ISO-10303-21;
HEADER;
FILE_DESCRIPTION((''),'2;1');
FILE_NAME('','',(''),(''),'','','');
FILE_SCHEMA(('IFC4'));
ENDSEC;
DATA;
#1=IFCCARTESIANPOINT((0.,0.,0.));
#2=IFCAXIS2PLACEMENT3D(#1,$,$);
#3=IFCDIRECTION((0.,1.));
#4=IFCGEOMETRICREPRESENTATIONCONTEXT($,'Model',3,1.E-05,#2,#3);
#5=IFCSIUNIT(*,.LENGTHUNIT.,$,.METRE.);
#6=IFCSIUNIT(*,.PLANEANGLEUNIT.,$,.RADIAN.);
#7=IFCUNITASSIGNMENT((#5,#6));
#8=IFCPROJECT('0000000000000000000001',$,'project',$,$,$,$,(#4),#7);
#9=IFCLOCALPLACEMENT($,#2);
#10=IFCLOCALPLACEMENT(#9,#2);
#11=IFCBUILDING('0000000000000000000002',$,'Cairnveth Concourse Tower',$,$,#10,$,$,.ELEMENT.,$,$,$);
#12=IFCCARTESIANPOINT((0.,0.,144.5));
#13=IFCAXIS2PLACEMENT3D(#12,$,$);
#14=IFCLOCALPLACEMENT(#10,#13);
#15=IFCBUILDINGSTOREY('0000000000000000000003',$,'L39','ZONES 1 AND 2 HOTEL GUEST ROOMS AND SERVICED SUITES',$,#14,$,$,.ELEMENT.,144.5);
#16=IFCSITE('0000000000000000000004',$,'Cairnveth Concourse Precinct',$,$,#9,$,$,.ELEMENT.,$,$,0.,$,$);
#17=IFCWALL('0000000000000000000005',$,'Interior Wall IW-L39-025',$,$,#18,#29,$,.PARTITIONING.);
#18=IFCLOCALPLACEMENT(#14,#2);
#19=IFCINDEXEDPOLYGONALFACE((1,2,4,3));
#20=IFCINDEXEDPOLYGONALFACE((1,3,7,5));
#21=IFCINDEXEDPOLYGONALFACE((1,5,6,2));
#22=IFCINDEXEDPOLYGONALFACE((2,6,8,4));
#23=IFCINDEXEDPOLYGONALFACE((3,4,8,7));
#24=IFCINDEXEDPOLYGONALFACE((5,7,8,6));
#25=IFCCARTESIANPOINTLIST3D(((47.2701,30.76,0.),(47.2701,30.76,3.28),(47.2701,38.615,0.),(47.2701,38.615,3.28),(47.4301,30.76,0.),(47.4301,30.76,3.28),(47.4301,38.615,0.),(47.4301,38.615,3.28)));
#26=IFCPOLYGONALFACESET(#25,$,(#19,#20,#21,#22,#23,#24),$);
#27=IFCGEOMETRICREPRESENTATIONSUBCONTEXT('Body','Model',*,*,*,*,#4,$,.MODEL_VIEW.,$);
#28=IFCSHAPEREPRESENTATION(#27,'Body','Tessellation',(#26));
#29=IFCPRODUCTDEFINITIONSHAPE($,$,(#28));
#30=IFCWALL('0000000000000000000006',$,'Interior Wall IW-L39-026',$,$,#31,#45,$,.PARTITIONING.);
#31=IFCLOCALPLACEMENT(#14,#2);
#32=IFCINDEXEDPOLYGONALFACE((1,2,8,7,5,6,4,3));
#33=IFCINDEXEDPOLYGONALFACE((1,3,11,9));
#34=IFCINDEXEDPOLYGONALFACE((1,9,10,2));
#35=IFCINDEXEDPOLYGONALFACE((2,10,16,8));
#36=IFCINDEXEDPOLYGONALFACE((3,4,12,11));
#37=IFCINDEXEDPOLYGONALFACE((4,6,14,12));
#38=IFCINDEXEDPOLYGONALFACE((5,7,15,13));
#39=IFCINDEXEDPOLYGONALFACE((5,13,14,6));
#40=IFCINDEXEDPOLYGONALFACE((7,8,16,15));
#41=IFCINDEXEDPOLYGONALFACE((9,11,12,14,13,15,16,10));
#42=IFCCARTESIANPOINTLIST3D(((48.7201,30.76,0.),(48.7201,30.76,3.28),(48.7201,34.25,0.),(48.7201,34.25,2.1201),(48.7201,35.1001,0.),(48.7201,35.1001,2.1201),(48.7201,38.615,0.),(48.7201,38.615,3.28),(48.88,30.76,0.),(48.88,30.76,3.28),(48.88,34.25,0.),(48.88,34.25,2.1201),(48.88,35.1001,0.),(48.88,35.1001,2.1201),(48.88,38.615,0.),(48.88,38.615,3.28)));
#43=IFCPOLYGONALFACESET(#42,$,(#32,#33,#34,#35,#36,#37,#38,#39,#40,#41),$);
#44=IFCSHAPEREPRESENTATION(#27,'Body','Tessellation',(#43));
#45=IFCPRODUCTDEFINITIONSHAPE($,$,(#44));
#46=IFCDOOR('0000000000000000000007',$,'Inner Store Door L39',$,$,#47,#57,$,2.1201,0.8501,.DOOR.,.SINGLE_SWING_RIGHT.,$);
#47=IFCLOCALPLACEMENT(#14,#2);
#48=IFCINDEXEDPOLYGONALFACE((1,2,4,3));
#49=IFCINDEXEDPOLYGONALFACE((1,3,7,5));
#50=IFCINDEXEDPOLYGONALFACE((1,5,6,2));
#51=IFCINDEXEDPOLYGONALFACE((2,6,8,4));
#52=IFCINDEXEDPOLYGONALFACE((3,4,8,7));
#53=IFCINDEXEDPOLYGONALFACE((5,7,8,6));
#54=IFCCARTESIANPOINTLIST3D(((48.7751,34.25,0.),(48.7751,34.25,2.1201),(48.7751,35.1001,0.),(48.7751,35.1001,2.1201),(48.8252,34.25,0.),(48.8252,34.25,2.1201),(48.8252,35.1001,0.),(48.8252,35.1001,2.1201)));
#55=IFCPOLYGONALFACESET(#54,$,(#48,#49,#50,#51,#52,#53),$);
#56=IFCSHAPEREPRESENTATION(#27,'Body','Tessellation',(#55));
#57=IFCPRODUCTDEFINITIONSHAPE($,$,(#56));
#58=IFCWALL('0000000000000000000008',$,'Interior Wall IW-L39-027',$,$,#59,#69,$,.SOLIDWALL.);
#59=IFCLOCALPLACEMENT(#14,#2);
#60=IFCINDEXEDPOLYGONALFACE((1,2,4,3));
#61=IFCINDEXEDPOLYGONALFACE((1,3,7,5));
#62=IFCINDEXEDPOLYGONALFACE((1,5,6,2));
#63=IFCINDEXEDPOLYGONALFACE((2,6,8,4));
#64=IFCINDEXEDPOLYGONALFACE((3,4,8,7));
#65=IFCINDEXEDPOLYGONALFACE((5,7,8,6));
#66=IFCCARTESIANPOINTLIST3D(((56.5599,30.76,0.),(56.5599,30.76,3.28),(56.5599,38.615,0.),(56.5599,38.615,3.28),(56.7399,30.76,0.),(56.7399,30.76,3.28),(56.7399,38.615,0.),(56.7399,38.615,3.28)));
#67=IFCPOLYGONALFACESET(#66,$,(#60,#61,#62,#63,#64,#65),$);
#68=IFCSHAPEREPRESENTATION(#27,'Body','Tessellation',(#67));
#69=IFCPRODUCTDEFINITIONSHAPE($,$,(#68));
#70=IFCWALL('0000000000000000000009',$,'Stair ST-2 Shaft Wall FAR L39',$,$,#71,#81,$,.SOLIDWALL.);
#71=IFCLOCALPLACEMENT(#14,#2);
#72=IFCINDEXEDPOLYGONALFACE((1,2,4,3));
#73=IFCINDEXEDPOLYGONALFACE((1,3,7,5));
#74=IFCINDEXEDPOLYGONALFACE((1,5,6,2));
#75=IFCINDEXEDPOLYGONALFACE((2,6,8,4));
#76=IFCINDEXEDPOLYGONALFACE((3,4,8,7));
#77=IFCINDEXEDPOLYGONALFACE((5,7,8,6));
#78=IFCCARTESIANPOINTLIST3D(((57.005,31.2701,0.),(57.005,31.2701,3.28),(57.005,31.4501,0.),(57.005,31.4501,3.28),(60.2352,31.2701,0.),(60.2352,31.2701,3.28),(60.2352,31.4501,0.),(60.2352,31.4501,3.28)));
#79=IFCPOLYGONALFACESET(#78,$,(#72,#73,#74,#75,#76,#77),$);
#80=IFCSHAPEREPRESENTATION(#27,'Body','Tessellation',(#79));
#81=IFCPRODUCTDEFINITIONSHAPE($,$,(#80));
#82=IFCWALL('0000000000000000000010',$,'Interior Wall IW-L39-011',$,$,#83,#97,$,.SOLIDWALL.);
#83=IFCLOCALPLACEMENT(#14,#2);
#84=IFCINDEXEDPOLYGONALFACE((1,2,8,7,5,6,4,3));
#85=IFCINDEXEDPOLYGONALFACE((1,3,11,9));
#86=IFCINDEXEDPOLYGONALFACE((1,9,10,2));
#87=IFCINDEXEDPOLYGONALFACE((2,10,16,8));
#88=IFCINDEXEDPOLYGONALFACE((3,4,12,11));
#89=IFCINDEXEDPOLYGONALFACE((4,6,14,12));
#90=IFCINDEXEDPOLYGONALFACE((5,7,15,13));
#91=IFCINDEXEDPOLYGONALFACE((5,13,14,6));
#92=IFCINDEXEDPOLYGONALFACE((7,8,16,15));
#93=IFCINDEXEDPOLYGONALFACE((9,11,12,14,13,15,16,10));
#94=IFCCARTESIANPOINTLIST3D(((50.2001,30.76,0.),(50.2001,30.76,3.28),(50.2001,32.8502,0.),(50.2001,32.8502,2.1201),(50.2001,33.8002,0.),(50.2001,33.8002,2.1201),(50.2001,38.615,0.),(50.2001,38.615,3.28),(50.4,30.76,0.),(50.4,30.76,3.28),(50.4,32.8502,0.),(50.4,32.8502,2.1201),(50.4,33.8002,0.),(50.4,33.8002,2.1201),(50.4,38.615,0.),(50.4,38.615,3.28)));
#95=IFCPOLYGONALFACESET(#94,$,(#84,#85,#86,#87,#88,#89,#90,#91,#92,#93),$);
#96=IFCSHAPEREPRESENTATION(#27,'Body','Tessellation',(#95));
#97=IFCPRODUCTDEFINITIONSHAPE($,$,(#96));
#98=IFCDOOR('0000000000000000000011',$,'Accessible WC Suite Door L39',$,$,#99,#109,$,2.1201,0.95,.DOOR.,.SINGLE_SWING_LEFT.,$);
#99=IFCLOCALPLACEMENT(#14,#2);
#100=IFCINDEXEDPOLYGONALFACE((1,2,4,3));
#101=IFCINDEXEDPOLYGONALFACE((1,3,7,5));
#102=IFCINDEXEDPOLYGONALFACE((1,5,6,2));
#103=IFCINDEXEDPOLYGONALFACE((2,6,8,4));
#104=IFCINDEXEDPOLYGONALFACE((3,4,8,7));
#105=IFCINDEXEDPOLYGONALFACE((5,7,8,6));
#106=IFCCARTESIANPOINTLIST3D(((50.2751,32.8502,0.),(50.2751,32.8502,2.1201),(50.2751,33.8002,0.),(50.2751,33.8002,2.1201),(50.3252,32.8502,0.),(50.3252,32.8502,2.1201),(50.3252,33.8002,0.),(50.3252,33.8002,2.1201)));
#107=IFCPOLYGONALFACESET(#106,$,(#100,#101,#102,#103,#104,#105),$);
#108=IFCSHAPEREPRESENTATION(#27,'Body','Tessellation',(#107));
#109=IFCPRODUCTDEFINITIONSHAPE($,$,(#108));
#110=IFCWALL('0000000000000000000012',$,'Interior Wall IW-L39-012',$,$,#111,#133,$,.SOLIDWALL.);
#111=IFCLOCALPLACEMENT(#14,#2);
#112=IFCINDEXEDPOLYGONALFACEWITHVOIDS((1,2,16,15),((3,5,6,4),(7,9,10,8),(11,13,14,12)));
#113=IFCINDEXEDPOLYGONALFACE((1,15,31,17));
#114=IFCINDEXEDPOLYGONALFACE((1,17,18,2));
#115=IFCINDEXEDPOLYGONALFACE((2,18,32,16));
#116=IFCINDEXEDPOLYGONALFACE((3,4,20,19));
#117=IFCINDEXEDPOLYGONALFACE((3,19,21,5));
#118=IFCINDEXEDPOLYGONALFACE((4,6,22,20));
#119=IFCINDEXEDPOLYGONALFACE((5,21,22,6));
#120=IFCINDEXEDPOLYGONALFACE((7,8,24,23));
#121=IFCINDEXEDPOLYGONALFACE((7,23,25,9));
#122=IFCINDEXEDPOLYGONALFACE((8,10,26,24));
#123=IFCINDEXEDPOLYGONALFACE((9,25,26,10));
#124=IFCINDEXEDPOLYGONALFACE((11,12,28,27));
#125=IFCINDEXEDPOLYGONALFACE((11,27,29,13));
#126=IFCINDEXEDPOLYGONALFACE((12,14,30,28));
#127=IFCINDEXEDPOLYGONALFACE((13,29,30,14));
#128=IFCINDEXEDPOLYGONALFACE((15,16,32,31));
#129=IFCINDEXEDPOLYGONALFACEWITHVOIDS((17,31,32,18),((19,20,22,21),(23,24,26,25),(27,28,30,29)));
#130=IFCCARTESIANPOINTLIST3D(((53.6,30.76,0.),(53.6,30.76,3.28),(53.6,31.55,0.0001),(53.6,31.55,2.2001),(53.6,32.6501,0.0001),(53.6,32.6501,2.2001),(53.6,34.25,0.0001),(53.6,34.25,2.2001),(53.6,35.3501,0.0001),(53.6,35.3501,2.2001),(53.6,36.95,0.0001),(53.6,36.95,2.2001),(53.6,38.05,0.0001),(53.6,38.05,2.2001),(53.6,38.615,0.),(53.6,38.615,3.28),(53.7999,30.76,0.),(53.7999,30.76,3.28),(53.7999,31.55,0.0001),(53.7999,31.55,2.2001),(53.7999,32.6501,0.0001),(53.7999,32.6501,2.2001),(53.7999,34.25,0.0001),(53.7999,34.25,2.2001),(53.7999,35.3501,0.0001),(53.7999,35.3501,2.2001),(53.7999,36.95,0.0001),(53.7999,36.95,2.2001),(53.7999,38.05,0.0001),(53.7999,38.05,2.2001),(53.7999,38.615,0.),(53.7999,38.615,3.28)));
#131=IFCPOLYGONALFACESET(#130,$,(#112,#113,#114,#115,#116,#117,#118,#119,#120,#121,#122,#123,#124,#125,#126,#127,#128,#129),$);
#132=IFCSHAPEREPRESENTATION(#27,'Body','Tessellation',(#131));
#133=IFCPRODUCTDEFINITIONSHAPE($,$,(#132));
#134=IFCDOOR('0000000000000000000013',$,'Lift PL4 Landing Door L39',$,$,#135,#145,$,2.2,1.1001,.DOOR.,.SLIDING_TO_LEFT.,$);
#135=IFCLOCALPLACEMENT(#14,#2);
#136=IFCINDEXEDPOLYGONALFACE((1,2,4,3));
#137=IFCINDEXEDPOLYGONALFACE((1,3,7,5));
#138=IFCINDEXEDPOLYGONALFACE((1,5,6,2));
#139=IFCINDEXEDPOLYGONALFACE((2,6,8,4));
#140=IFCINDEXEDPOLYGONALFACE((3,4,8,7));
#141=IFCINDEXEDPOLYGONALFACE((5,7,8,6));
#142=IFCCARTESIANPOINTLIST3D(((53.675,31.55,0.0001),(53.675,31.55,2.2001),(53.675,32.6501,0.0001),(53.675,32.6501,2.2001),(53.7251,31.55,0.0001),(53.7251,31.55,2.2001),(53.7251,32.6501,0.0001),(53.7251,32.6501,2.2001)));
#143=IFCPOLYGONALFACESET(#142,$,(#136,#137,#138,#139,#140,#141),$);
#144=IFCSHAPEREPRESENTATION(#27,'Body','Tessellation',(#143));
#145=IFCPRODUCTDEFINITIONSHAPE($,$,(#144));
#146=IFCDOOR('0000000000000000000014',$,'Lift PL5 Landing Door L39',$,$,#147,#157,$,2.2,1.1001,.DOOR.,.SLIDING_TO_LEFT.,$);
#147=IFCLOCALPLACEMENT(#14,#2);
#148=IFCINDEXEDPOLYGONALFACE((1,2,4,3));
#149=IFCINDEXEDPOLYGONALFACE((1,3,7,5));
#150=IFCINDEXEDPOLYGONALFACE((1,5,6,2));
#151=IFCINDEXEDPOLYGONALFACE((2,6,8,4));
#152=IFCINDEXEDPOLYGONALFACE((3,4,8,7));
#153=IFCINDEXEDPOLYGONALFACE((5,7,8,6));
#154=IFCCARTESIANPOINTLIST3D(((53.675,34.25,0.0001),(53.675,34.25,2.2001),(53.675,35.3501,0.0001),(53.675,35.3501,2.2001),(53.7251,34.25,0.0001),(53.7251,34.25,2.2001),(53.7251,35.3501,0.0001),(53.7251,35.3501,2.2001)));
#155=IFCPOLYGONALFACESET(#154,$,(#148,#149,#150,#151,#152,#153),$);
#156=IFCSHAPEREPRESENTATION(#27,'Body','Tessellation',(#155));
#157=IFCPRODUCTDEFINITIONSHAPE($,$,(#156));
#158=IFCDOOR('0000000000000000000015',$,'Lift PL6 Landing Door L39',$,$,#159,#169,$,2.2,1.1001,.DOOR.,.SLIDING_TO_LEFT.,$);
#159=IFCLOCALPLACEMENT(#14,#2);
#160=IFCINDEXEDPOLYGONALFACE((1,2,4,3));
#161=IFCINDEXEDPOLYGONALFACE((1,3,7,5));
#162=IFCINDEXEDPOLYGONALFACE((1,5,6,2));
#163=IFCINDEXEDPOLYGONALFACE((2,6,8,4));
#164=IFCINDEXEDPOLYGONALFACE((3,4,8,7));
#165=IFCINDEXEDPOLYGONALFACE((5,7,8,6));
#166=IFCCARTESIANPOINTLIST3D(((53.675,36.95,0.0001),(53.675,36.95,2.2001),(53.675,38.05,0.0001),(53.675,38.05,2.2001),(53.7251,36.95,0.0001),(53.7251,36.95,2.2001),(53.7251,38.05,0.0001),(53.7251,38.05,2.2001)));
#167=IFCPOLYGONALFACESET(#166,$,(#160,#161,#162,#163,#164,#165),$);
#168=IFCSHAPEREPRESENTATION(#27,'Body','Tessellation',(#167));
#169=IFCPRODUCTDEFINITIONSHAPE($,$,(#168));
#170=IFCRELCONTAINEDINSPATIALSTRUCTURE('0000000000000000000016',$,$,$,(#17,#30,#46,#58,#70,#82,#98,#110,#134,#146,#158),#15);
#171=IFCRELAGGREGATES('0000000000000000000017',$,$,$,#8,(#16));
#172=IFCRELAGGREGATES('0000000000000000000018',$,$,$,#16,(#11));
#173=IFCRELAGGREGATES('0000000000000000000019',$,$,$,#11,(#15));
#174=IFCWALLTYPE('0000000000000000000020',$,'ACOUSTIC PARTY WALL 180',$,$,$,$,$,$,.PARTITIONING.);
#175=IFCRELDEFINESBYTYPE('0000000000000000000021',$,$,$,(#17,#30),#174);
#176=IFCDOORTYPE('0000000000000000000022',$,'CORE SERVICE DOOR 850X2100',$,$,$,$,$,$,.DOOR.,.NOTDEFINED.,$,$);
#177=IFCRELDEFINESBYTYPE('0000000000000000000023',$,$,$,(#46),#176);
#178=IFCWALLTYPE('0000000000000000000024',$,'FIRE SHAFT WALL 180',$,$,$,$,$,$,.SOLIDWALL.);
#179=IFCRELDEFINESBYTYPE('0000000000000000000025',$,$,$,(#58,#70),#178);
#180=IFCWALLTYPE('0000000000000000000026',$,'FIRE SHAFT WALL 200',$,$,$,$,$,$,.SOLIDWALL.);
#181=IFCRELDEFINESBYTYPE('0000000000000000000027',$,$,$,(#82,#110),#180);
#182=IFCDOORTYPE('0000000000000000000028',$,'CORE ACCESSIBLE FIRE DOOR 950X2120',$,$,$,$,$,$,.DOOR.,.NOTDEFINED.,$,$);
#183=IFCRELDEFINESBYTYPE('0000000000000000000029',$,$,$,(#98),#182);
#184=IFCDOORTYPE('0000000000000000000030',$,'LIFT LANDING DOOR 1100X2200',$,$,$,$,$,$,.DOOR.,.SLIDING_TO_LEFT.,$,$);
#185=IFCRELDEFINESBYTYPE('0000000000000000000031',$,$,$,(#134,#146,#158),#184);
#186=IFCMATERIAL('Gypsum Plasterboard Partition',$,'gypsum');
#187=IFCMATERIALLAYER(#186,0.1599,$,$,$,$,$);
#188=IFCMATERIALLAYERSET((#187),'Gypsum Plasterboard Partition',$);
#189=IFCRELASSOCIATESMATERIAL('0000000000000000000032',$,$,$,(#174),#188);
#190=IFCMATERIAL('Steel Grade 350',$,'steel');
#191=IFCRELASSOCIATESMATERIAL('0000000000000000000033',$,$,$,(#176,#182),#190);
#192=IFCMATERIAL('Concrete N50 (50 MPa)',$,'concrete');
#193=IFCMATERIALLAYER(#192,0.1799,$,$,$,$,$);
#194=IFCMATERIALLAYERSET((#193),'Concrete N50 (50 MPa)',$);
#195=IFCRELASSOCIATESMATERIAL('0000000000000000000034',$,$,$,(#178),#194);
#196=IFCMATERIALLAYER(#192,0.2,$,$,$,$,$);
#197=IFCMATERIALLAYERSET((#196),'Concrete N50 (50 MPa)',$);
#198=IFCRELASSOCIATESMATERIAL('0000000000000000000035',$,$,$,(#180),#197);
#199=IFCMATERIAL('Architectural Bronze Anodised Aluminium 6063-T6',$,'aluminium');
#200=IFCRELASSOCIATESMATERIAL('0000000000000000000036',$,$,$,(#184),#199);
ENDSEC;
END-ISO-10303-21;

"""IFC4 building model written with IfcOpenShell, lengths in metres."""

from ifc_helpers import new_model, si_unit, direction, frame, frame_2d, origin, place, context, subcontext, project, spatial, rectangle, extrude, material, layer, layer_set, type_object, element, fill, save


model = new_model("IFC4")

# Units and contexts
model_context = context("Model", 3, precision=1e-05, world=origin(), true_north=direction((0.0, 1.0)))
body_context = subcontext(model_context, "Body", "Model", "MODEL_VIEW")
ifc_project = project(units=[si_unit("LENGTHUNIT", "METRE"), si_unit("PLANEANGLEUNIT", "RADIAN")], contexts=[model_context])

# Site, building, storey
site_placement = place(None, origin())
site = spatial("IfcSite", under=ifc_project, at=site_placement, Name="Cairnveth Concourse Precinct", CompositionType="ELEMENT", RefElevation=0.0)
building_placement = place(site_placement, origin())
building = spatial("IfcBuilding", under=site, at=building_placement, Name="Cairnveth Concourse Tower", CompositionType="ELEMENT")
storey_placement = place(building_placement, frame((0.0, 0.0, 144.5)))
storey = spatial("IfcBuildingStorey", under=building, at=storey_placement, Name="L39", Description="ZONES 1 AND 2 HOTEL GUEST ROOMS AND SERVICED SUITES", CompositionType="ELEMENT", Elevation=144.5)

# Wall
ifc_material_1 = material(Name="Gypsum Plasterboard Partition", Category="gypsum")
ifc_layer_1 = layer(ifc_material_1, 0.1599)
ifc_layer_set_1 = layer_set([ifc_layer_1], Name="Gypsum Plasterboard Partition")
wall_type_1 = type_object("IfcWallType", Name="ACOUSTIC PARTY WALL 180", PredefinedType="PARTITIONING", material=ifc_layer_set_1)
wall_1_placement = place(storey_placement, frame((47.3501, 30.76, 0.0), z_axis=(0.0, 0.0, 1.0), x_axis=(0.0, 1.0, 0.0)))
element("IfcWall", 1, at=wall_1_placement, inside=storey, type_object=wall_type_1, Name="Interior Wall IW-L39-025", PredefinedType="PARTITIONING", context=body_context, shape_type="SweptSolid", body=[
    extrude(rectangle(XDim=7.855, YDim=0.1599, at=frame_2d((3.9275, 0.0))), origin(), (0.0, 0.0, 1.0), 3.28),
])

# Wall, opening, door
wall_2_placement = place(storey_placement, frame((48.8, 30.76, 0.0), z_axis=(0.0, 0.0, 1.0), x_axis=(0.0, 1.0, 0.0)))
wall_2 = element("IfcWall", 2, at=wall_2_placement, inside=storey, type_object=wall_type_1, Name="Interior Wall IW-L39-026", PredefinedType="PARTITIONING", context=body_context, shape_type="SweptSolid", body=[
    extrude(rectangle(XDim=7.855, YDim=0.1599, at=frame_2d((3.9275, 0.0))), origin(), (0.0, 0.0, 1.0), 3.28),
])
opening_1_placement = place(wall_2_placement, frame((3.49, 0.0, 0.0)))
opening_1 = element("IfcOpeningElement", 3, at=opening_1_placement, cuts=wall_2, PredefinedType="OPENING", context=body_context, shape_type="SweptSolid", body=[
    extrude(rectangle(XDim=0.8501, YDim=2.1201, at=frame_2d((0.425, 1.0601))), frame((0.0, 0.0898, 0.0), z_axis=(0.0, -1.0, 0.0), x_axis=(1.0, 0.0, 0.0)), (0.0, 0.0, 1.0), 0.1799),
])
ifc_material_2 = material(Name="Steel Grade 350", Category="steel")
door_type_1 = type_object("IfcDoorType", Name="CORE SERVICE DOOR 850X2100", OperationType="NOTDEFINED", PredefinedType="DOOR", material=ifc_material_2)
door_1_placement = place(opening_1_placement, origin())
door_1 = element("IfcDoor", 4, at=door_1_placement, inside=storey, type_object=door_type_1, Name="Inner Store Door L39", OperationType="SINGLE_SWING_RIGHT", OverallHeight=2.1201, OverallWidth=0.8501, PredefinedType="DOOR", context=body_context, shape_type="SweptSolid", body=[
    extrude(rectangle(XDim=0.8501, YDim=2.1201, at=frame_2d((0.425, 1.0601))), frame((0.0, 0.0249, 0.0), z_axis=(0.0, -1.0, 0.0), x_axis=(1.0, 0.0, 0.0)), (0.0, 0.0, 1.0), 0.05),
])
fill(opening_1, door_1)

# Walls
ifc_material_3 = material(Name="Concrete N50 (50 MPa)", Category="concrete")
ifc_layer_2 = layer(ifc_material_3, 0.1799)
ifc_layer_set_2 = layer_set([ifc_layer_2], Name="Concrete N50 (50 MPa)")
wall_type_2 = type_object("IfcWallType", Name="FIRE SHAFT WALL 180", PredefinedType="SOLIDWALL", material=ifc_layer_set_2)
wall_3_placement = place(storey_placement, frame((56.6499, 30.76, 0.0), z_axis=(0.0, 0.0, 1.0), x_axis=(0.0, 1.0, 0.0)))
element("IfcWall", 5, at=wall_3_placement, inside=storey, type_object=wall_type_2, Name="Interior Wall IW-L39-027", PredefinedType="SOLIDWALL", context=body_context, shape_type="SweptSolid", body=[
    extrude(rectangle(XDim=7.855, YDim=0.1799, at=frame_2d((3.9275, 0.0))), origin(), (0.0, 0.0, 1.0), 3.28),
])
wall_4_placement = place(storey_placement, frame((57.0049, 31.3601, 0.0), z_axis=(0.0, 0.0, 1.0), x_axis=(1.0, 0.0, 0.0)))
element("IfcWall", 6, at=wall_4_placement, inside=storey, type_object=wall_type_2, Name="Stair ST-2 Shaft Wall FAR L39", PredefinedType="SOLIDWALL", context=body_context, shape_type="SweptSolid", body=[
    extrude(rectangle(XDim=3.2302, YDim=0.1799, at=frame_2d((1.6152, 0.0))), origin(), (0.0, 0.0, 1.0), 3.28),
])

# Wall, opening, door
ifc_layer_3 = layer(ifc_material_3, 0.2)
ifc_layer_set_3 = layer_set([ifc_layer_3], Name="Concrete N50 (50 MPa)")
wall_type_3 = type_object("IfcWallType", Name="FIRE SHAFT WALL 200", PredefinedType="SOLIDWALL", material=ifc_layer_set_3)
wall_5_placement = place(storey_placement, frame((50.3, 30.76, 0.0), z_axis=(0.0, 0.0, 1.0), x_axis=(0.0, 1.0, 0.0)))
wall_5 = element("IfcWall", 7, at=wall_5_placement, inside=storey, type_object=wall_type_3, Name="Interior Wall IW-L39-011", PredefinedType="SOLIDWALL", context=body_context, shape_type="SweptSolid", body=[
    extrude(rectangle(XDim=7.855, YDim=0.2, at=frame_2d((3.9275, 0.0))), origin(), (0.0, 0.0, 1.0), 3.28),
])
opening_2_placement = place(wall_5_placement, frame((2.0901, 0.0, 0.0)))
opening_2 = element("IfcOpeningElement", 8, at=opening_2_placement, cuts=wall_5, PredefinedType="OPENING", context=body_context, shape_type="SweptSolid", body=[
    extrude(rectangle(XDim=0.95, YDim=2.1201, at=frame_2d((0.4751, 1.0601))), frame((0.0, 0.1099, 0.0), z_axis=(0.0, -1.0, 0.0), x_axis=(1.0, 0.0, 0.0)), (0.0, 0.0, 1.0), 0.22),
])
door_type_2 = type_object("IfcDoorType", Name="CORE ACCESSIBLE FIRE DOOR 950X2120", OperationType="NOTDEFINED", PredefinedType="DOOR", material=ifc_material_2)
door_2_placement = place(opening_2_placement, origin())
door_2 = element("IfcDoor", 9, at=door_2_placement, inside=storey, type_object=door_type_2, Name="Accessible WC Suite Door L39", OperationType="SINGLE_SWING_LEFT", OverallHeight=2.1201, OverallWidth=0.95, PredefinedType="DOOR", context=body_context, shape_type="SweptSolid", body=[
    extrude(rectangle(XDim=0.95, YDim=2.1201, at=frame_2d((0.4751, 1.0601))), frame((0.0, 0.0249, 0.0), z_axis=(0.0, -1.0, 0.0), x_axis=(1.0, 0.0, 0.0)), (0.0, 0.0, 1.0), 0.05),
])
fill(opening_2, door_2)

# Wall, openings, doors
wall_6_placement = place(storey_placement, frame((53.7, 30.76, 0.0), z_axis=(0.0, 0.0, 1.0), x_axis=(0.0, 1.0, 0.0)))
wall_6 = element("IfcWall", 10, at=wall_6_placement, inside=storey, type_object=wall_type_3, Name="Interior Wall IW-L39-012", PredefinedType="SOLIDWALL", context=body_context, shape_type="SweptSolid", body=[
    extrude(rectangle(XDim=7.855, YDim=0.2, at=frame_2d((3.9275, 0.0))), origin(), (0.0, 0.0, 1.0), 3.28),
])
opening_3_placement = place(wall_6_placement, frame((0.79, 0.0, 0.0)))
opening_3 = element("IfcOpeningElement", 11, at=opening_3_placement, cuts=wall_6, PredefinedType="OPENING", context=body_context, shape_type="SweptSolid", body=[
    extrude(rectangle(XDim=1.1001, YDim=2.2, at=frame_2d((0.55, 1.1001))), frame((0.0, 0.1099, 0.0), z_axis=(0.0, -1.0, 0.0), x_axis=(1.0, 0.0, 0.0)), (0.0, 0.0, 1.0), 0.22),
])
opening_4_placement = place(wall_6_placement, frame((3.49, 0.0, 0.0)))
opening_4 = element("IfcOpeningElement", 12, at=opening_4_placement, cuts=wall_6, PredefinedType="OPENING", context=body_context, shape_type="SweptSolid", body=[
    extrude(rectangle(XDim=1.1001, YDim=2.2, at=frame_2d((0.55, 1.1001))), frame((0.0, 0.1099, 0.0), z_axis=(0.0, -1.0, 0.0), x_axis=(1.0, 0.0, 0.0)), (0.0, 0.0, 1.0), 0.22),
])
opening_5_placement = place(wall_6_placement, frame((6.1899, 0.0, 0.0)))
opening_5 = element("IfcOpeningElement", 13, at=opening_5_placement, cuts=wall_6, PredefinedType="OPENING", context=body_context, shape_type="SweptSolid", body=[
    extrude(rectangle(XDim=1.1001, YDim=2.2, at=frame_2d((0.55, 1.1001))), frame((0.0, 0.1099, 0.0), z_axis=(0.0, -1.0, 0.0), x_axis=(1.0, 0.0, 0.0)), (0.0, 0.0, 1.0), 0.22),
])
ifc_material_4 = material(Name="Architectural Bronze Anodised Aluminium 6063-T6", Category="aluminium")
door_type_3 = type_object("IfcDoorType", Name="LIFT LANDING DOOR 1100X2200", OperationType="SLIDING_TO_LEFT", PredefinedType="DOOR", material=ifc_material_4)
door_3_placement = place(opening_3_placement, origin())
door_3 = element("IfcDoor", 14, at=door_3_placement, inside=storey, type_object=door_type_3, Name="Lift PL4 Landing Door L39", OperationType="SLIDING_TO_LEFT", OverallHeight=2.2, OverallWidth=1.1001, PredefinedType="DOOR", context=body_context, shape_type="SweptSolid", body=[
    extrude(rectangle(XDim=1.1001, YDim=2.2, at=frame_2d((0.55, 1.1001))), frame((0.0, 0.0249, 0.0), z_axis=(0.0, -1.0, 0.0), x_axis=(1.0, 0.0, 0.0)), (0.0, 0.0, 1.0), 0.05),
])
fill(opening_3, door_3)
door_4_placement = place(opening_4_placement, origin())
door_4 = element("IfcDoor", 15, at=door_4_placement, inside=storey, type_object=door_type_3, Name="Lift PL5 Landing Door L39", OperationType="SLIDING_TO_LEFT", OverallHeight=2.2, OverallWidth=1.1001, PredefinedType="DOOR", context=body_context, shape_type="SweptSolid", body=[
    extrude(rectangle(XDim=1.1001, YDim=2.2, at=frame_2d((0.55, 1.1001))), frame((0.0, 0.0249, 0.0), z_axis=(0.0, -1.0, 0.0), x_axis=(1.0, 0.0, 0.0)), (0.0, 0.0, 1.0), 0.05),
])
fill(opening_4, door_4)
door_5_placement = place(opening_5_placement, origin())
door_5 = element("IfcDoor", 16, at=door_5_placement, inside=storey, type_object=door_type_3, Name="Lift PL6 Landing Door L39", OperationType="SLIDING_TO_LEFT", OverallHeight=2.2, OverallWidth=1.1001, PredefinedType="DOOR", context=body_context, shape_type="SweptSolid", body=[
    extrude(rectangle(XDim=1.1001, YDim=2.2, at=frame_2d((0.55, 1.1001))), frame((0.0, 0.0249, 0.0), z_axis=(0.0, -1.0, 0.0), x_axis=(1.0, 0.0, 0.0)), (0.0, 0.0, 1.0), 0.05),
])
fill(opening_5, door_5)

save(model, "model.ifc")
